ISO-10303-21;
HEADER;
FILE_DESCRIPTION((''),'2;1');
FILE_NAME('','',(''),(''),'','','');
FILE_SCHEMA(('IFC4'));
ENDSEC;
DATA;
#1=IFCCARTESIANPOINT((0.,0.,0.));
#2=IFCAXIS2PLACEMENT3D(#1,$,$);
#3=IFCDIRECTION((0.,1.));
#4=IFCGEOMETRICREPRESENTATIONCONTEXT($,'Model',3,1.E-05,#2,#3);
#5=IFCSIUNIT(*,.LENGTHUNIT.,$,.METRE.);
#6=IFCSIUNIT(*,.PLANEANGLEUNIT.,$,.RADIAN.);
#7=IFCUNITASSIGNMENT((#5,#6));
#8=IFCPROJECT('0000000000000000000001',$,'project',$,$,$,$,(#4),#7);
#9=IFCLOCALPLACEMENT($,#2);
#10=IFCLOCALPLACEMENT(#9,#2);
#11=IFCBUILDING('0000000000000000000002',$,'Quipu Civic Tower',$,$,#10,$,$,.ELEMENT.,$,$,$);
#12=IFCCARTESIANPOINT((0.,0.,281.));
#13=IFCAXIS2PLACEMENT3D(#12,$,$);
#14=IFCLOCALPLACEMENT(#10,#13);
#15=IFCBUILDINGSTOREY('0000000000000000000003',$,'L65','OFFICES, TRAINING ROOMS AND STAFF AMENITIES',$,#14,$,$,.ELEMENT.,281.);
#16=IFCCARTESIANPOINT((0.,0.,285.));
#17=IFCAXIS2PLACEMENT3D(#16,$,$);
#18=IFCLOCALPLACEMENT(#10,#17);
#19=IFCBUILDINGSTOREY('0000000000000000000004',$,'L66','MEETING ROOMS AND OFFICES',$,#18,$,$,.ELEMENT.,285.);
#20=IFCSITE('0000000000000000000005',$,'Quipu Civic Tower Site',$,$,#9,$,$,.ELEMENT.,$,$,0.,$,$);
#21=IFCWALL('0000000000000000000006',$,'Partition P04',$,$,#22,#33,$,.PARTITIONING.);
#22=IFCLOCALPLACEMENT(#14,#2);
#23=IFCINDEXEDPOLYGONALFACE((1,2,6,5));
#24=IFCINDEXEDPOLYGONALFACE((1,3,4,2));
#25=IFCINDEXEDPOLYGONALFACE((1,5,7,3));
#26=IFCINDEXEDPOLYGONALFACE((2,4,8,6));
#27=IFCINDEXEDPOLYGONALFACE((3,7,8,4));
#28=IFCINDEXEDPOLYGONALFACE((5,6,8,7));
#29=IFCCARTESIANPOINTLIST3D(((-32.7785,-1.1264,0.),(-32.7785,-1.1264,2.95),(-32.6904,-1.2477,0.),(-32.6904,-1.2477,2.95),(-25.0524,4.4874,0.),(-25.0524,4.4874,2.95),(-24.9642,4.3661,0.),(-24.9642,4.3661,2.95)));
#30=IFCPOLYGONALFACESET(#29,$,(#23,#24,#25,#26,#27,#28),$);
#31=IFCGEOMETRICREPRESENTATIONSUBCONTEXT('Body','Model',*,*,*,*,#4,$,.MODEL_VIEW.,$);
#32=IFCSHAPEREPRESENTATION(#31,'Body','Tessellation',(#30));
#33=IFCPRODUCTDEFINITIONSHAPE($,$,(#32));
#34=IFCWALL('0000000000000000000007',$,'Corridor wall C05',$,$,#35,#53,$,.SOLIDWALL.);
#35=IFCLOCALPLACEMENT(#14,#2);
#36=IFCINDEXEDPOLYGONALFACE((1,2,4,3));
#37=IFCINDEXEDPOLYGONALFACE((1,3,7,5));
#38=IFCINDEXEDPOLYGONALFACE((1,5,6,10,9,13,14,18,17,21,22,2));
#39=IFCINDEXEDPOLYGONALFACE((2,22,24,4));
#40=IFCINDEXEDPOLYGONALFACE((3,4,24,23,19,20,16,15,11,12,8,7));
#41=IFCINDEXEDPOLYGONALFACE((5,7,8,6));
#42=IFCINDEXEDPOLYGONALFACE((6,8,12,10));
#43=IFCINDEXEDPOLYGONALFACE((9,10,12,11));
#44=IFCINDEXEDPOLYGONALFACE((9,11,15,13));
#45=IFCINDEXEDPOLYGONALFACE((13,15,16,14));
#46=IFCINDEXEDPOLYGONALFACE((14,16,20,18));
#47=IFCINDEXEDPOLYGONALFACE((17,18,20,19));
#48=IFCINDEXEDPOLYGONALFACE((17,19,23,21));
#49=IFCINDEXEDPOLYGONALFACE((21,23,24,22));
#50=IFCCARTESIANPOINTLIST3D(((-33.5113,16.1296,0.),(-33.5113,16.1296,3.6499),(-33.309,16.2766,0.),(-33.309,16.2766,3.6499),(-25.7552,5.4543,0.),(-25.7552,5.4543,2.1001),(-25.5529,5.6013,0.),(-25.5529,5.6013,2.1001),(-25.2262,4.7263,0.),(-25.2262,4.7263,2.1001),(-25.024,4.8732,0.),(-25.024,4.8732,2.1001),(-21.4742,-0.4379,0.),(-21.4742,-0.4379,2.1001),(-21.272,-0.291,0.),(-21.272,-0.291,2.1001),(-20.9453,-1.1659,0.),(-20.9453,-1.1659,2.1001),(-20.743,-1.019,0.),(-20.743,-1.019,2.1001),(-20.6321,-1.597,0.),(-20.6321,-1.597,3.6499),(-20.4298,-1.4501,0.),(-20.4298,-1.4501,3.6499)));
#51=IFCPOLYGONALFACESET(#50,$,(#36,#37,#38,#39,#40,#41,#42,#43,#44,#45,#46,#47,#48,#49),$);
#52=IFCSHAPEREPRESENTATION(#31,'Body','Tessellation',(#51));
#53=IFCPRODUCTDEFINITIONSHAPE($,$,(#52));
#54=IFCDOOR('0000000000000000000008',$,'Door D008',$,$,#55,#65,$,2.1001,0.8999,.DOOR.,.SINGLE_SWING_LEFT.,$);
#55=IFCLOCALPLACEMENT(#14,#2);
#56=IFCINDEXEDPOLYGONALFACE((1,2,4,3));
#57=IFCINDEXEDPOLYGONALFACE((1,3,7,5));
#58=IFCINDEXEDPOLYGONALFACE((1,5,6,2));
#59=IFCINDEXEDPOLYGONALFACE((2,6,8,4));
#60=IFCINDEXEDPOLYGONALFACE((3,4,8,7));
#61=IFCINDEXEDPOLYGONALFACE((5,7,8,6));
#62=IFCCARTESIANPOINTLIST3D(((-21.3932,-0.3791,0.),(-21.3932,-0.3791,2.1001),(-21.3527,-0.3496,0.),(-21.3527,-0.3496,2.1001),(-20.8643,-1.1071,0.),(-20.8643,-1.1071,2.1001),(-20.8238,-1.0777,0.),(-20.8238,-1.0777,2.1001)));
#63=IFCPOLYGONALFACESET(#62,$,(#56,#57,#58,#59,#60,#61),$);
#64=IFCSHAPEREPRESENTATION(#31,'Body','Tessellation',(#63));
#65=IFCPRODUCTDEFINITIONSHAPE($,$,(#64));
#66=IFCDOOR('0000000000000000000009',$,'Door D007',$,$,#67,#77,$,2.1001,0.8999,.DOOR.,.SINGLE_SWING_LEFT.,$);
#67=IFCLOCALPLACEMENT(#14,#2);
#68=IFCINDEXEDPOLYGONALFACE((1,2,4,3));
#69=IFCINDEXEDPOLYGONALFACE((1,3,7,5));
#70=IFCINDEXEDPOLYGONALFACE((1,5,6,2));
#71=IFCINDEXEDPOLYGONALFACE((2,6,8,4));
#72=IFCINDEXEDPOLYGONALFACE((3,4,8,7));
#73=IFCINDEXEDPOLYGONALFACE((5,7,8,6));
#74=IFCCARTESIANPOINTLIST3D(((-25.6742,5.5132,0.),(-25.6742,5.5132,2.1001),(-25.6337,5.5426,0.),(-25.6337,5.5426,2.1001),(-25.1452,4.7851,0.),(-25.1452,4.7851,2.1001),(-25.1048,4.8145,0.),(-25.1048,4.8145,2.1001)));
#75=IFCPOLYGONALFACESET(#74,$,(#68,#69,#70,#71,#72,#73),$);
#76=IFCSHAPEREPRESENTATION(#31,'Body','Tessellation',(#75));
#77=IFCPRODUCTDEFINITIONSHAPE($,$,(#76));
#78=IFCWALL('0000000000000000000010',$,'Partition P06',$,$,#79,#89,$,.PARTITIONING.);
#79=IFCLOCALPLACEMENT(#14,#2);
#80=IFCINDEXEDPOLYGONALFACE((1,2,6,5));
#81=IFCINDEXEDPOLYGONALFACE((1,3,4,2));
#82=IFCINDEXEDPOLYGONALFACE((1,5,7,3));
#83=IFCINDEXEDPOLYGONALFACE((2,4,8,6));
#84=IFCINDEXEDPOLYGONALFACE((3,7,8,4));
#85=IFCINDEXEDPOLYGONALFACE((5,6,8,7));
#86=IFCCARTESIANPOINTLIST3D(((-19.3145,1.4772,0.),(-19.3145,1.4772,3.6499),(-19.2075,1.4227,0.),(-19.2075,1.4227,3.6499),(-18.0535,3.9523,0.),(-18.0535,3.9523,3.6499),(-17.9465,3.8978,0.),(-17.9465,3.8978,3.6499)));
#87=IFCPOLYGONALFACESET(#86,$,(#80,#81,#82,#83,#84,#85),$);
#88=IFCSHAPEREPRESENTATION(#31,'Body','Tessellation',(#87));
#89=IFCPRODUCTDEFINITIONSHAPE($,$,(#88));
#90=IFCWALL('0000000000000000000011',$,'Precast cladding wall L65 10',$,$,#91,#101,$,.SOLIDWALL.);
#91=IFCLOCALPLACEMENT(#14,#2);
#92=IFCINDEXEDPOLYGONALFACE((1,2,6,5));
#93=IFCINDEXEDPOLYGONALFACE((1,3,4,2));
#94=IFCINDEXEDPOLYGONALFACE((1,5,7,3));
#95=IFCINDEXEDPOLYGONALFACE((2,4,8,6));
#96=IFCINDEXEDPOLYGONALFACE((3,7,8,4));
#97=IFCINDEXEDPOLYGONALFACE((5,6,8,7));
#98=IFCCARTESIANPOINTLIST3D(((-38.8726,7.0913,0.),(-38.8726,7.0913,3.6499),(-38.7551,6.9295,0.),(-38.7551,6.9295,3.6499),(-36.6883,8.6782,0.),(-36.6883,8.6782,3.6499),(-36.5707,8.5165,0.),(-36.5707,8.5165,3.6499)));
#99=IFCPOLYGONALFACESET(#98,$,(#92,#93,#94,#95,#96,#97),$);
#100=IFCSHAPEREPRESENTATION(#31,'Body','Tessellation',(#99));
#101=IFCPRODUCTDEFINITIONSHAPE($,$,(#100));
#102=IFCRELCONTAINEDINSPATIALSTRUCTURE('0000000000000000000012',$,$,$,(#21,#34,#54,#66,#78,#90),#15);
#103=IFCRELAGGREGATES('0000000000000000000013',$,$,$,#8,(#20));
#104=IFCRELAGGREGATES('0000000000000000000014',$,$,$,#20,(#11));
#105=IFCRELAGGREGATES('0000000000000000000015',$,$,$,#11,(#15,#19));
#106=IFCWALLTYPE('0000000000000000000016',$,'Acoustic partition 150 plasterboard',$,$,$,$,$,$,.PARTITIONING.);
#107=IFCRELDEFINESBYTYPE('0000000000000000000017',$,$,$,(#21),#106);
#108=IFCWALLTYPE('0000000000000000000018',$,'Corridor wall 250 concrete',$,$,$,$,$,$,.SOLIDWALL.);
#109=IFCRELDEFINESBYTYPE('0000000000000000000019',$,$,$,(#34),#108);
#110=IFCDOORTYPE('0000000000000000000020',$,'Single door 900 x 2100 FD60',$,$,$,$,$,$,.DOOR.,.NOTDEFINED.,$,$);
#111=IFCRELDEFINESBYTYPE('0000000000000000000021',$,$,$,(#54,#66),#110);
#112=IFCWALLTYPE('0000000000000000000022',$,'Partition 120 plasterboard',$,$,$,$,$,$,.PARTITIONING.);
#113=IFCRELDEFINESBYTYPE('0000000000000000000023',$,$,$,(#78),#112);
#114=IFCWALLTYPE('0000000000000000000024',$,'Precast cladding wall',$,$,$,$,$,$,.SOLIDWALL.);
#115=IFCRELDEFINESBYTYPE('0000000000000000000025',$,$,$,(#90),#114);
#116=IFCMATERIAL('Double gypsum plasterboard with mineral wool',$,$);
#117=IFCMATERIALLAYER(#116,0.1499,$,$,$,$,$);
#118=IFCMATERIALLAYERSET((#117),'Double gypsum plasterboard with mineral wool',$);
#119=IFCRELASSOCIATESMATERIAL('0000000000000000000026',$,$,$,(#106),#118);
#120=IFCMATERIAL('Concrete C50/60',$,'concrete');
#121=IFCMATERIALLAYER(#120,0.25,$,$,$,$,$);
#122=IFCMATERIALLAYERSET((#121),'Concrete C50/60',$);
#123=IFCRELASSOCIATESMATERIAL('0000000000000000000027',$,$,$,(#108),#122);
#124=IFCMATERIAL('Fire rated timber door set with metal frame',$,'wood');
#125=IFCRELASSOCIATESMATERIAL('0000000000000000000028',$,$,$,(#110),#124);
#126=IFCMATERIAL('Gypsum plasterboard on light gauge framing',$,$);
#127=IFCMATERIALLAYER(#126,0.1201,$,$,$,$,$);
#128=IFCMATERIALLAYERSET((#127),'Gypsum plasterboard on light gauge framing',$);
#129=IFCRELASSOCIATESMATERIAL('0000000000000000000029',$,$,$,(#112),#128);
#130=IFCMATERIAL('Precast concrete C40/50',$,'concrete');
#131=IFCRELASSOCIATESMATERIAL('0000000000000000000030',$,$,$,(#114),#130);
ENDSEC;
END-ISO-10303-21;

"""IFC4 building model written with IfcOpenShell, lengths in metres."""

from ifc_helpers import new_model, si_unit, direction, frame, frame_2d, origin, place, context, subcontext, project, spatial, rectangle, extrude, material, layer, layer_set, type_object, element, fill, save


model = new_model("IFC4")

# Units and contexts
model_context = context("Model", 3, precision=1e-05, world=origin(), true_north=direction((0.0, 1.0)))
body_context = subcontext(model_context, "Body", "Model", "MODEL_VIEW")
ifc_project = project(units=[si_unit("LENGTHUNIT", "METRE"), si_unit("PLANEANGLEUNIT", "RADIAN")], contexts=[model_context])

# Site, building, storey
site_placement = place(None, origin())
site = spatial("IfcSite", under=ifc_project, at=site_placement, Name="Quipu Civic Tower Site", CompositionType="ELEMENT", RefElevation=0.0)
building_placement = place(site_placement, origin())
building = spatial("IfcBuilding", under=site, at=building_placement, Name="Quipu Civic Tower", CompositionType="ELEMENT")
storey_1_placement = place(building_placement, frame((0.0, 0.0, 281.0)))
storey_1 = spatial("IfcBuildingStorey", under=building, at=storey_1_placement, Name="L65", Description="OFFICES, TRAINING ROOMS AND STAFF AMENITIES", CompositionType="ELEMENT", Elevation=281.0)

# Shared definitions
storey_2_placement = place(building_placement, frame((0.0, 0.0, 285.0)))
storey_2 = spatial("IfcBuildingStorey", under=building, at=storey_2_placement, Name="L66", Description="MEETING ROOMS AND OFFICES", CompositionType="ELEMENT", Elevation=285.0)

# Wall
ifc_material_1 = material(Name="Double gypsum plasterboard with mineral wool")
ifc_layer_1 = layer(ifc_material_1, 0.1499)
ifc_layer_set_1 = layer_set([ifc_layer_1], Name="Double gypsum plasterboard with mineral wool")
wall_type_1 = type_object("IfcWallType", Name="Acoustic partition 150 plasterboard", PredefinedType="PARTITIONING", material=ifc_layer_set_1)
wall_1_placement = place(storey_1_placement, frame((-25.0083, 4.4268, 0.0), z_axis=(0.0, 0.0, 1.0), x_axis=(-0.808995, -0.587816, 0.0)))
element("IfcWall", 1, at=wall_1_placement, inside=storey_1, type_object=wall_type_1, Name="Partition P04", PredefinedType="PARTITIONING", context=body_context, shape_type="SweptSolid", body=[
    extrude(rectangle(XDim=9.5503, YDim=0.1499, at=frame_2d((4.7751, 0.0))), origin(), (0.0, 0.0, 1.0), 2.95),
])

# Wall, openings, doors
ifc_material_2 = material(Name="Concrete C50/60", Category="concrete")
ifc_layer_2 = layer(ifc_material_2, 0.25)
ifc_layer_set_2 = layer_set([ifc_layer_2], Name="Concrete C50/60")
wall_type_2 = type_object("IfcWallType", Name="Corridor wall 250 concrete", PredefinedType="SOLIDWALL", material=ifc_layer_set_2)
wall_2_placement = place(storey_1_placement, frame((-20.531, -1.5234, 0.0), z_axis=(0.0, 0.0, 1.0), x_axis=(-0.587787, 0.809016, 0.0)))
wall_2 = element("IfcWall", 2, at=wall_2_placement, inside=storey_1, type_object=wall_type_2, Name="Corridor wall C05", PredefinedType="SOLIDWALL", context=body_context, shape_type="SweptSolid", body=[
    extrude(rectangle(XDim=21.9114, YDim=0.25, at=frame_2d((10.9556, 0.0))), origin(), (0.0, 0.0, 1.0), 3.6499),
])
opening_1_placement = place(wall_2_placement, frame((0.5327, 0.0, 0.0)))
opening_1 = element("IfcOpeningElement", 3, at=opening_1_placement, cuts=wall_2, PredefinedType="OPENING", context=body_context, shape_type="SweptSolid", body=[
    extrude(rectangle(XDim=0.8999, YDim=2.1001, at=frame_2d((0.45, 1.05))), frame((0.0, 0.135, 0.0), z_axis=(0.0, -1.0, 0.0), x_axis=(1.0, 0.0, 0.0)), (0.0, 0.0, 1.0), 0.27),
])
opening_2_placement = place(wall_2_placement, frame((7.8159, 0.0, 0.0)))
opening_2 = element("IfcOpeningElement", 4, at=opening_2_placement, cuts=wall_2, PredefinedType="OPENING", context=body_context, shape_type="SweptSolid", body=[
    extrude(rectangle(XDim=0.8999, YDim=2.1001, at=frame_2d((0.45, 1.05))), frame((0.0, 0.135, 0.0), z_axis=(0.0, -1.0, 0.0), x_axis=(1.0, 0.0, 0.0)), (0.0, 0.0, 1.0), 0.27),
])
ifc_material_3 = material(Name="Fire rated timber door set with metal frame", Category="wood")
door_type = type_object("IfcDoorType", Name="Single door 900 x 2100 FD60", OperationType="NOTDEFINED", PredefinedType="DOOR", material=ifc_material_3)
door_1_placement = place(opening_1_placement, origin())
door_1 = element("IfcDoor", 5, at=door_1_placement, inside=storey_1, type_object=door_type, Name="Door D008", OperationType="SINGLE_SWING_LEFT", OverallHeight=2.1001, OverallWidth=0.8999, PredefinedType="DOOR", context=body_context, shape_type="SweptSolid", body=[
    extrude(rectangle(XDim=0.8999, YDim=2.1001, at=frame_2d((0.45, 1.05))), frame((0.0, 0.0249, 0.0), z_axis=(0.0, -1.0, 0.0), x_axis=(1.0, 0.0, 0.0)), (0.0, 0.0, 1.0), 0.05),
])
fill(opening_1, door_1)
door_2_placement = place(opening_2_placement, origin())
door_2 = element("IfcDoor", 6, at=door_2_placement, inside=storey_1, type_object=door_type, Name="Door D007", OperationType="SINGLE_SWING_LEFT", OverallHeight=2.1001, OverallWidth=0.8999, PredefinedType="DOOR", context=body_context, shape_type="SweptSolid", body=[
    extrude(rectangle(XDim=0.8999, YDim=2.1001, at=frame_2d((0.45, 1.05))), frame((0.0, 0.0249, 0.0), z_axis=(0.0, -1.0, 0.0), x_axis=(1.0, 0.0, 0.0)), (0.0, 0.0, 1.0), 0.05),
])
fill(opening_2, door_2)

# Walls
ifc_material_4 = material(Name="Gypsum plasterboard on light gauge framing")
ifc_layer_3 = layer(ifc_material_4, 0.1201)
ifc_layer_set_3 = layer_set([ifc_layer_3], Name="Gypsum plasterboard on light gauge framing")
wall_type_3 = type_object("IfcWallType", Name="Partition 120 plasterboard", PredefinedType="PARTITIONING", material=ifc_layer_set_3)
wall_3_placement = place(storey_1_placement, frame((-19.261, 1.45, 0.0), z_axis=(0.0, 0.0, 1.0), x_axis=(0.453951, 0.891027, 0.0)))
element("IfcWall", 7, at=wall_3_placement, inside=storey_1, type_object=wall_type_3, Name="Partition P06", PredefinedType="PARTITIONING", context=body_context, shape_type="SweptSolid", body=[
    extrude(rectangle(XDim=2.7778, YDim=0.1201, at=frame_2d((1.3889, 0.0))), origin(), (0.0, 0.0, 1.0), 3.6499),
])
ifc_material_5 = material(Name="Precast concrete C40/50", Category="concrete")
wall_type_4 = type_object("IfcWallType", Name="Precast cladding wall", PredefinedType="SOLIDWALL", material=ifc_material_5)
wall_4_placement = place(storey_1_placement, frame((-36.6294, 8.5974, 0.0), z_axis=(0.0, 0.0, 1.0), x_axis=(-0.809033, -0.587763, 0.0)))
element("IfcWall", 8, at=wall_4_placement, inside=storey_1, type_object=wall_type_4, Name="Precast cladding wall L65 10", PredefinedType="SOLIDWALL", context=body_context, shape_type="SweptSolid", body=[
    extrude(rectangle(XDim=2.7, YDim=0.2, at=frame_2d((1.3501, 0.0))), origin(), (0.0, 0.0, 1.0), 3.6499),
])

save(model, "model.ifc")
